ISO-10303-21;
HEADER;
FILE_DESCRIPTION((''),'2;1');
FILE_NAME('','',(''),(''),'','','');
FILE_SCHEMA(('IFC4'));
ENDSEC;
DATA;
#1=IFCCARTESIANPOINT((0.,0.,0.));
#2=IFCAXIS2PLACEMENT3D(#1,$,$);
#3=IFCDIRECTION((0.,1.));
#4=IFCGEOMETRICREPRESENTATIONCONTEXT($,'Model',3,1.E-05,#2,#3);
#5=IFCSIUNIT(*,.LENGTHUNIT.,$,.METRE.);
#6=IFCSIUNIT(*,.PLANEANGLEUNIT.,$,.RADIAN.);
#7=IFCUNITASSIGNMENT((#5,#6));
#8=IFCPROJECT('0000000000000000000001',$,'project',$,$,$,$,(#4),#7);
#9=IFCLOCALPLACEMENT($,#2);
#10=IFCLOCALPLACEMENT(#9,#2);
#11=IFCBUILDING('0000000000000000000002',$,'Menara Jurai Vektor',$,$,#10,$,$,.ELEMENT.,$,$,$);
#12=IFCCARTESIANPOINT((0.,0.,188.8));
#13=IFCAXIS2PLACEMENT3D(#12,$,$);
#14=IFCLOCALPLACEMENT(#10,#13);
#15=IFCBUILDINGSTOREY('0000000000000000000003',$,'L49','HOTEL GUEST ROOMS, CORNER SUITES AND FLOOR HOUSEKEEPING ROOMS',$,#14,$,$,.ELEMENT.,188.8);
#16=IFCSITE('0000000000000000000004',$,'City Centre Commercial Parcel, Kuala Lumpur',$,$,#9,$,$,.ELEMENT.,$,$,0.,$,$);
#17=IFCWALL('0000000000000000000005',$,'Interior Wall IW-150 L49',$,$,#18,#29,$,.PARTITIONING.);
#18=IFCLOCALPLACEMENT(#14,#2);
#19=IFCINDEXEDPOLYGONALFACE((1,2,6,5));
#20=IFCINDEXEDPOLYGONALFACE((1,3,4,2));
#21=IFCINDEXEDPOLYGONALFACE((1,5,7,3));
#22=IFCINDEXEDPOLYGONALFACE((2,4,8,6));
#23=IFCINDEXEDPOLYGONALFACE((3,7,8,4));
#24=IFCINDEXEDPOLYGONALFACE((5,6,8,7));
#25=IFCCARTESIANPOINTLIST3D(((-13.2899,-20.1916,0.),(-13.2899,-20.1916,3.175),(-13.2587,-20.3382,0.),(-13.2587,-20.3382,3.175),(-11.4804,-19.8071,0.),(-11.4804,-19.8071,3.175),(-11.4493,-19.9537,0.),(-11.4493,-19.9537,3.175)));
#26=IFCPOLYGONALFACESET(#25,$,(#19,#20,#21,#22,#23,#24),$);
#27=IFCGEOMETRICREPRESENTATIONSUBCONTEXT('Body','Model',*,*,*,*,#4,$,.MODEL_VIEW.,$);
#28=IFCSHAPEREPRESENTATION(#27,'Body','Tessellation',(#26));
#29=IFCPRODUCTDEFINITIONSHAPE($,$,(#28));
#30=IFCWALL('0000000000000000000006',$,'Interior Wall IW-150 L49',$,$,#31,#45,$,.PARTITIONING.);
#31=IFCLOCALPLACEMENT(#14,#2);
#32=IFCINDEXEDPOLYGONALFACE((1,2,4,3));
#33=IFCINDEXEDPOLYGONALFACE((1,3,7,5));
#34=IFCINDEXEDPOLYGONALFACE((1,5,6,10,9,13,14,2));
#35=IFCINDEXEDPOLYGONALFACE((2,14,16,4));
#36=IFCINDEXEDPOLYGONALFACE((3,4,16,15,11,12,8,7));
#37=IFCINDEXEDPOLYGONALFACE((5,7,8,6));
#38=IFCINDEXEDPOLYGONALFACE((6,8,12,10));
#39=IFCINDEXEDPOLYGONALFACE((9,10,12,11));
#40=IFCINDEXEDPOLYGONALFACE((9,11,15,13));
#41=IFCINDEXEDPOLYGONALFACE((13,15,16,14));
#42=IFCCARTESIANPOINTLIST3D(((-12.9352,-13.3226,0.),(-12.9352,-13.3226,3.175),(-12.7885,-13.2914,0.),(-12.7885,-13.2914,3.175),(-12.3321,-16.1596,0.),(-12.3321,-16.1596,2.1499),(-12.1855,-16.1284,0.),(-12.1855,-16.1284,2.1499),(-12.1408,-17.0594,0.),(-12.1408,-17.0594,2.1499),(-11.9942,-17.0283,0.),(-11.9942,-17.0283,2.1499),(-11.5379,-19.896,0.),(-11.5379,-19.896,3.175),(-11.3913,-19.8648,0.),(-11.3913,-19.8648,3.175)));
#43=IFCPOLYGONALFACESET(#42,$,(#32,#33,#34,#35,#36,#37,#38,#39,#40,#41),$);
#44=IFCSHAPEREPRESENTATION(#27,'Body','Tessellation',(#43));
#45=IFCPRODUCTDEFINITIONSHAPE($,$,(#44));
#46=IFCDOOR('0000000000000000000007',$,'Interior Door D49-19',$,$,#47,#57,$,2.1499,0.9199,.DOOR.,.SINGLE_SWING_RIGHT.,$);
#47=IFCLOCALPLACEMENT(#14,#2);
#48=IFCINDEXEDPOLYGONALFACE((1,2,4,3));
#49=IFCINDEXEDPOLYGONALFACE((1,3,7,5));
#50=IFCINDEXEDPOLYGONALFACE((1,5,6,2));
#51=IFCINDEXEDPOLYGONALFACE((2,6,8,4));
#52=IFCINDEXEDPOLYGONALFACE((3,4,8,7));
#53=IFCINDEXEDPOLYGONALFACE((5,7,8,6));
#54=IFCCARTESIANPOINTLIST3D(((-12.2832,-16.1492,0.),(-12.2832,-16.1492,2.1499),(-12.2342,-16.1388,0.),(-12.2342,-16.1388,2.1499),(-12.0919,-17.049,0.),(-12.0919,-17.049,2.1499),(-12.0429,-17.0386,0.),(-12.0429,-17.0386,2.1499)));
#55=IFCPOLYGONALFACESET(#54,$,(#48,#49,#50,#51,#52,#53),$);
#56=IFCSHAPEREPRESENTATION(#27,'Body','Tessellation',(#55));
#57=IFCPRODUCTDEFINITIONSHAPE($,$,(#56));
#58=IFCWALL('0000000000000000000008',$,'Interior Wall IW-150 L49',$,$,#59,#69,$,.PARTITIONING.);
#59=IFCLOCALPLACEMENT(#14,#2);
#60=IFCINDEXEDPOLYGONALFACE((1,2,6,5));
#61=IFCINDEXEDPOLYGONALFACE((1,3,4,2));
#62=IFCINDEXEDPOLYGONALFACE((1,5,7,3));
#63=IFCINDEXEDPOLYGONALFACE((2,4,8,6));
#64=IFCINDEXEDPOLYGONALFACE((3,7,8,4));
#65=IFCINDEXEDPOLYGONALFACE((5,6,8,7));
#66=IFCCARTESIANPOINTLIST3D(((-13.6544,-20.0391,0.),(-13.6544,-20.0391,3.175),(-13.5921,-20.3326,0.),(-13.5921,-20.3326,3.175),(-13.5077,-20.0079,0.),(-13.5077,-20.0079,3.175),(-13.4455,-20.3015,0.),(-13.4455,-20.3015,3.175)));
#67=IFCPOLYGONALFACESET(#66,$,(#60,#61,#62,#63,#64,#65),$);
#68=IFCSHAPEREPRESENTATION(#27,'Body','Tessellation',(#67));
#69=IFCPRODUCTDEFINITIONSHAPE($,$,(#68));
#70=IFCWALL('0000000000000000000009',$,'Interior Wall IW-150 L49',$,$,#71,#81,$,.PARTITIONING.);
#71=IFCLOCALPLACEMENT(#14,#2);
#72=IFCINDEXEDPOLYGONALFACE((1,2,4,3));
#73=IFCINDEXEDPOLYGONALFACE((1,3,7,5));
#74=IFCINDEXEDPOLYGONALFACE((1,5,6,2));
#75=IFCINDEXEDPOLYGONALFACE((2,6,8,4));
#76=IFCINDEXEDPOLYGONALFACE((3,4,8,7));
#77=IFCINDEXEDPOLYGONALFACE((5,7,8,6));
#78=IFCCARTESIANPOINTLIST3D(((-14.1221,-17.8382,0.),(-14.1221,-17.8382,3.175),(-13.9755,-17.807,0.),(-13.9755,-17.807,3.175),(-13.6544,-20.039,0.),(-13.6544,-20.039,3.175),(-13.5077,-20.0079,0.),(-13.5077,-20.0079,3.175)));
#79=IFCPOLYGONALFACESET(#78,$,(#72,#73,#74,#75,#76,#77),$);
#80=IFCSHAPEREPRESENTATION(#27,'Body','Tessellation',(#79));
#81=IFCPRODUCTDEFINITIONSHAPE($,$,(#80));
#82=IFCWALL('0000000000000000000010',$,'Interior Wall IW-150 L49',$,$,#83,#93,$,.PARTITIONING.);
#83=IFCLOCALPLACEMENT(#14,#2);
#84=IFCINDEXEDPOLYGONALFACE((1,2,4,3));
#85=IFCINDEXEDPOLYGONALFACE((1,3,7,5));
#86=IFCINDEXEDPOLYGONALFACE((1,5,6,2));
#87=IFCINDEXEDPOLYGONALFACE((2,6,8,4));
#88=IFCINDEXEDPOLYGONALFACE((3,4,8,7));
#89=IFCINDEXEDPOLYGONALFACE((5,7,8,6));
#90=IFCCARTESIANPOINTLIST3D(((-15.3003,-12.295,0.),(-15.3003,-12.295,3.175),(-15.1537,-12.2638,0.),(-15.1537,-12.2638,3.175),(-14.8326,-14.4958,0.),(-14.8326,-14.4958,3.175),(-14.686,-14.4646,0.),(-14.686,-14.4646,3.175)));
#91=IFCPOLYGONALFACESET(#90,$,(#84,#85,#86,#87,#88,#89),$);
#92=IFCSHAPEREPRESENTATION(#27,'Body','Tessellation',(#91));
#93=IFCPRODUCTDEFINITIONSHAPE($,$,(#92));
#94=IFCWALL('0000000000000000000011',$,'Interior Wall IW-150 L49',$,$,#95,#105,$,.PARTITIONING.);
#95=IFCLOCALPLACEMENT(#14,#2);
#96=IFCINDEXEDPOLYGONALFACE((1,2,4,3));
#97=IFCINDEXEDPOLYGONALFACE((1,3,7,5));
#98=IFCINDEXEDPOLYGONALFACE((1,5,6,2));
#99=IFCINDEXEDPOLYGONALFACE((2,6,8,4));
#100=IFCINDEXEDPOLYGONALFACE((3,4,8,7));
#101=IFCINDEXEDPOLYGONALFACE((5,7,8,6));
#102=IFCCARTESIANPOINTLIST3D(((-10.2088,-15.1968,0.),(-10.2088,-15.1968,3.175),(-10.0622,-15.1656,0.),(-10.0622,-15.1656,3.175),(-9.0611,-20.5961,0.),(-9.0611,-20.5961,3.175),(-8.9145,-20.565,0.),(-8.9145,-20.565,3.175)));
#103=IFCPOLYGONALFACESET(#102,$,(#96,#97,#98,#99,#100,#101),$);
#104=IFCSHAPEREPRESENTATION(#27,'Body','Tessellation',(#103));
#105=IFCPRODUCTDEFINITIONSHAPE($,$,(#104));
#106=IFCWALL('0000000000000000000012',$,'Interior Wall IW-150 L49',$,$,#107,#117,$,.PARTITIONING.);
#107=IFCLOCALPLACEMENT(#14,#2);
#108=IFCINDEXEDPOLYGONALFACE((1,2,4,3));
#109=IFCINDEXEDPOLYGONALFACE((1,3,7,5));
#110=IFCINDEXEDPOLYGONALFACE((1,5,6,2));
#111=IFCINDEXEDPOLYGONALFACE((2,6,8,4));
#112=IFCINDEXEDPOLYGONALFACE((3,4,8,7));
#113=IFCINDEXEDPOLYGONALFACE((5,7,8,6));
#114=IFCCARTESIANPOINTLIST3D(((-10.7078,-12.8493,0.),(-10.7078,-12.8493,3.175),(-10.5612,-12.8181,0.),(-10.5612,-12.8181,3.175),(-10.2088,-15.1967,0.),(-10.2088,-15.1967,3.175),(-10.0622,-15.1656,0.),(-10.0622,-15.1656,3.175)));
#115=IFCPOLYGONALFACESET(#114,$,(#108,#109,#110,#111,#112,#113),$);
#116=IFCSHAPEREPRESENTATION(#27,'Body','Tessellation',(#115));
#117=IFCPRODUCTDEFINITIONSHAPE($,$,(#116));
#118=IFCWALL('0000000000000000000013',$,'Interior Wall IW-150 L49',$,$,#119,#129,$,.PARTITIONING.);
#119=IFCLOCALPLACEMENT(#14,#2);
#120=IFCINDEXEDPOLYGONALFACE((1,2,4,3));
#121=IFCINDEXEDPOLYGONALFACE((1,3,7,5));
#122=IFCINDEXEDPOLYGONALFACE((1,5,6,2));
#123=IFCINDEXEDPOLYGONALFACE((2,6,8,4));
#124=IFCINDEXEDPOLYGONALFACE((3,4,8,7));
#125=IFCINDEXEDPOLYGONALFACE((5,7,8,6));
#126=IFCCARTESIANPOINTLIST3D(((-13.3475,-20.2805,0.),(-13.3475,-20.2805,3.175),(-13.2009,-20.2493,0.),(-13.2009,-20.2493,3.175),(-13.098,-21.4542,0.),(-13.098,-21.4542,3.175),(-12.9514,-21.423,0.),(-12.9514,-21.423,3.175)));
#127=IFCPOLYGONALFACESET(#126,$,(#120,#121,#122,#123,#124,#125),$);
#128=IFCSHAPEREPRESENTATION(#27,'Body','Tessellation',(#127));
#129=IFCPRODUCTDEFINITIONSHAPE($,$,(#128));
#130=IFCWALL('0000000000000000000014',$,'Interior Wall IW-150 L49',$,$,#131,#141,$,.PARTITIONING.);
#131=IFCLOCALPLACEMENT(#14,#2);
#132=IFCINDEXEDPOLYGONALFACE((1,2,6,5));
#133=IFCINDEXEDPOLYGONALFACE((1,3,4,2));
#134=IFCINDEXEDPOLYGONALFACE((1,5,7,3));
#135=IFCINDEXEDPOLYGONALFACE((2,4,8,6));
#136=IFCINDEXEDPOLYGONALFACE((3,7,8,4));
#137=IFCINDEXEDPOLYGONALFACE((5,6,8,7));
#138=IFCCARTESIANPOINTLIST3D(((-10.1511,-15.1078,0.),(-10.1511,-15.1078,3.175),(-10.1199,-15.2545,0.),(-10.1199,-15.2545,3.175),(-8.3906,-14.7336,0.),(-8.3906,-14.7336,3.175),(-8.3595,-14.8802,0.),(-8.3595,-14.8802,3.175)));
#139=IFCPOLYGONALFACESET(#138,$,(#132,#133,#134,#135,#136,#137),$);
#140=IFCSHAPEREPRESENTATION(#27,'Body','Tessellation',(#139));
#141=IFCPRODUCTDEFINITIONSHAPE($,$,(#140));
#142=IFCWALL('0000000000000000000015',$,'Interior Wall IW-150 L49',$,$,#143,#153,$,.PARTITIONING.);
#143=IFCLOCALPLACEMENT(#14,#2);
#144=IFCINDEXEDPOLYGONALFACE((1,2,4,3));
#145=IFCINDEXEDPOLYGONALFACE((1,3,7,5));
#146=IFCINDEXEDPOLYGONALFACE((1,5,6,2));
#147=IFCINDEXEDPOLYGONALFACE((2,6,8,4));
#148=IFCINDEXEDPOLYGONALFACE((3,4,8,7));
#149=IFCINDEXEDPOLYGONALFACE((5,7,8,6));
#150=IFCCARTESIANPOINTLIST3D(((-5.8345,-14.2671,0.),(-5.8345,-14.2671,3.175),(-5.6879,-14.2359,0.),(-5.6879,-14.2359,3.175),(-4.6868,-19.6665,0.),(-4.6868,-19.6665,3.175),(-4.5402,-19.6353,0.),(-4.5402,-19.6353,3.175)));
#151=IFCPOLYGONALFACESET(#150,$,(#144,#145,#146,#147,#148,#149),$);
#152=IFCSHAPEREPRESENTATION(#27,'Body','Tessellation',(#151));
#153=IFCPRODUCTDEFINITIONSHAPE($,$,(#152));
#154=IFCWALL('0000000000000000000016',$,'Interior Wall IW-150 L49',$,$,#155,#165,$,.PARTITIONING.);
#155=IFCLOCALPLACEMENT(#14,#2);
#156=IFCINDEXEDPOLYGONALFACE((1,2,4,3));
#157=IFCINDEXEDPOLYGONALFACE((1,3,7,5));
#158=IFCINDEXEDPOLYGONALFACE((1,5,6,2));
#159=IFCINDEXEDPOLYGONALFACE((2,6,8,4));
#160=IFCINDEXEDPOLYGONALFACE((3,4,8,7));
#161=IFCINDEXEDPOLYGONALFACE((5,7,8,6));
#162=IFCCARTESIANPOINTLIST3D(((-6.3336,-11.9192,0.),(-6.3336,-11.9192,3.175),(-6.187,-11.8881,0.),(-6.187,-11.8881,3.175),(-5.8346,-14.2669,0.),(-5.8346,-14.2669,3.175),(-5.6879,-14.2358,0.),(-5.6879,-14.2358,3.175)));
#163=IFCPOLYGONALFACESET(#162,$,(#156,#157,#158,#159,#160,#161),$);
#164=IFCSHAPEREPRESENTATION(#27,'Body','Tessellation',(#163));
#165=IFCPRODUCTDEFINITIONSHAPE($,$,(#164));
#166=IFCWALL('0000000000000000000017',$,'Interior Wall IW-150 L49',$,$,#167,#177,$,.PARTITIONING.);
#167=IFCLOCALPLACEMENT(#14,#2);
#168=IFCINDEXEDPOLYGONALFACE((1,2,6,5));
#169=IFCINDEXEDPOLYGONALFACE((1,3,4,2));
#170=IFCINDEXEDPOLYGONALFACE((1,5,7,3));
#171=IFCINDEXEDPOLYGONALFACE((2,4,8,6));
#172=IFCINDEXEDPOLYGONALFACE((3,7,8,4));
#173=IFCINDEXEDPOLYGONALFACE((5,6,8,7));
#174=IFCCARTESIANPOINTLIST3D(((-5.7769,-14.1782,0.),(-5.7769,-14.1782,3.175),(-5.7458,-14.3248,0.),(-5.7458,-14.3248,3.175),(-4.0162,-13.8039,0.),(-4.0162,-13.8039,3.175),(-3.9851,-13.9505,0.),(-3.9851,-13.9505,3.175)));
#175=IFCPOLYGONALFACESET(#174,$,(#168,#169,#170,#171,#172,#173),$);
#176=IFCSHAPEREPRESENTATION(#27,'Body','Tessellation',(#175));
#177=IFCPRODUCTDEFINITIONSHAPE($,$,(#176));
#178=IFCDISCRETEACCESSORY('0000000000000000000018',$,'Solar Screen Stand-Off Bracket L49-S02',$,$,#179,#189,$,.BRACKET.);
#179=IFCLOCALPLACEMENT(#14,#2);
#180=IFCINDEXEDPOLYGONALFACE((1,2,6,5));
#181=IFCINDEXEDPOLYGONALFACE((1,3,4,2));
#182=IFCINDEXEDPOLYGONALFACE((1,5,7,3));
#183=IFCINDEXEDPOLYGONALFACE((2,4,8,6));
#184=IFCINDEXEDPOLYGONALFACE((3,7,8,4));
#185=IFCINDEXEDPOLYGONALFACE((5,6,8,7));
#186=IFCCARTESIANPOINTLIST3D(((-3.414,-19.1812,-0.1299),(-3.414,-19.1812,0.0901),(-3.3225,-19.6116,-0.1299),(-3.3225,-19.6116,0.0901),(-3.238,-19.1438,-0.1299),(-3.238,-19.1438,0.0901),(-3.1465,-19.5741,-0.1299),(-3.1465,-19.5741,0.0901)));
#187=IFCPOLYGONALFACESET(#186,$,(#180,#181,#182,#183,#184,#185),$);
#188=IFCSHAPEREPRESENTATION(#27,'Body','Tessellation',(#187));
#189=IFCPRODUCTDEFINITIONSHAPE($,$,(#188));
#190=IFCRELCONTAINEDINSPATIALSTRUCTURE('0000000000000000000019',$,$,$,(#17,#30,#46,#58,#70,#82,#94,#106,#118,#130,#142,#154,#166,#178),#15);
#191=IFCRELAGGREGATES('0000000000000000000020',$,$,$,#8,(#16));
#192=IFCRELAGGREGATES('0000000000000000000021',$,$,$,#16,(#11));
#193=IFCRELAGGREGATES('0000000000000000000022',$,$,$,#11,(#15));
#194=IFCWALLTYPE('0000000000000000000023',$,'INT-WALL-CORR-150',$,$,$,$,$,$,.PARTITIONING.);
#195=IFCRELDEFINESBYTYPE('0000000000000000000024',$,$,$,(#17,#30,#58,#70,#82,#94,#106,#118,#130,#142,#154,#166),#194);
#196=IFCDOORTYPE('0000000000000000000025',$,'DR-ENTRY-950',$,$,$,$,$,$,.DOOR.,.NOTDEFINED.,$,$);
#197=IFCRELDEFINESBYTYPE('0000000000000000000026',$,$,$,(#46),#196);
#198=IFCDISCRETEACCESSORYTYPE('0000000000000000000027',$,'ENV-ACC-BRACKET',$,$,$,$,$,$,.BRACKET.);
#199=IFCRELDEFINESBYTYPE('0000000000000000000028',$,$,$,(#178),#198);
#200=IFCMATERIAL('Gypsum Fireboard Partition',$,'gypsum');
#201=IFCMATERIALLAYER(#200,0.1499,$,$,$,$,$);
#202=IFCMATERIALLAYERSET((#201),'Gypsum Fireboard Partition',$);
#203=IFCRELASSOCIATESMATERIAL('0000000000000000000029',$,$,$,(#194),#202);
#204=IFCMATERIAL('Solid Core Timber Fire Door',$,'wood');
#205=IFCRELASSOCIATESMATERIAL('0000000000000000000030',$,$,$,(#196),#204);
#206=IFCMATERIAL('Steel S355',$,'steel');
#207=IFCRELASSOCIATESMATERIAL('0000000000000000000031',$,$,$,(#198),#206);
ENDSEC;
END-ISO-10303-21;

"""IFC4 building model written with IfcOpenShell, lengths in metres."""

from ifc_helpers import new_model, si_unit, direction, frame, frame_2d, origin, origin_2d, place, context, subcontext, project, spatial, rectangle, extrude, material, layer, layer_set, type_object, element, fill, save


model = new_model("IFC4")

# Units and contexts
model_context = context("Model", 3, precision=1e-05, world=origin(), true_north=direction((0.0, 1.0)))
body_context = subcontext(model_context, "Body", "Model", "MODEL_VIEW")
ifc_project = project(units=[si_unit("LENGTHUNIT", "METRE"), si_unit("PLANEANGLEUNIT", "RADIAN")], contexts=[model_context])

# Site, building, storey
site_placement = place(None, origin())
site = spatial("IfcSite", under=ifc_project, at=site_placement, Name="City Centre Commercial Parcel, Kuala Lumpur", CompositionType="ELEMENT", RefElevation=0.0)
building_placement = place(site_placement, origin())
building = spatial("IfcBuilding", under=site, at=building_placement, Name="Menara Jurai Vektor", CompositionType="ELEMENT")
storey_placement = place(building_placement, frame((0.0, 0.0, 188.8)))
storey = spatial("IfcBuildingStorey", under=building, at=storey_placement, Name="L49", Description="HOTEL GUEST ROOMS, CORNER SUITES AND FLOOR HOUSEKEEPING ROOMS", CompositionType="ELEMENT", Elevation=188.8)

# Shared definitions
ifc_material_1 = material(Name="Steel S355", Category="steel")

# Wall
ifc_material_2 = material(Name="Gypsum Fireboard Partition", Category="gypsum")
ifc_layer_1 = layer(ifc_material_2, 0.1499)
ifc_layer_set_1 = layer_set([ifc_layer_1], Name="Gypsum Fireboard Partition")
wall_type = type_object("IfcWallType", Name="INT-WALL-CORR-150", PredefinedType="PARTITIONING", material=ifc_layer_set_1)
wall_1_placement = place(storey_placement, frame((-13.2742, -20.2649, 0.0), z_axis=(0.0, 0.0, 1.0), x_axis=(0.97816, 0.207852, 0.0)))
element("IfcWall", 1, at=wall_1_placement, inside=storey, type_object=wall_type, Name="Interior Wall IW-150 L49", PredefinedType="PARTITIONING", context=body_context, shape_type="SweptSolid", body=[
    extrude(rectangle(XDim=1.8499, YDim=0.1499, at=frame_2d((0.9248, 0.0))), origin(), (0.0, 0.0, 1.0), 3.175),
])

# Wall, opening, door
wall_2_placement = place(storey_placement, frame((-11.4646, -19.8804, 0.0), z_axis=(0.0, 0.0, 1.0), x_axis=(-0.207916, 0.978147, 0.0)))
wall_2 = element("IfcWall", 2, at=wall_2_placement, inside=storey, type_object=wall_type, Name="Interior Wall IW-150 L49", PredefinedType="PARTITIONING", context=body_context, shape_type="SweptSolid", body=[
    extrude(rectangle(XDim=6.7202, YDim=0.1499, at=frame_2d((3.3601, 0.0))), origin(), (0.0, 0.0, 1.0), 3.175),
])
opening_1_placement = place(wall_2_placement, frame((2.8999, 0.0, 0.0)))
opening_1 = element("IfcOpeningElement", 3, at=opening_1_placement, cuts=wall_2, PredefinedType="OPENING", context=body_context, shape_type="SweptSolid", body=[
    extrude(rectangle(XDim=0.9199, YDim=2.1499, at=frame_2d((0.46, 1.075))), frame((0.0, 0.085, 0.0), z_axis=(0.0, -1.0, 0.0), x_axis=(1.0, 0.0, 0.0)), (0.0, 0.0, 1.0), 0.1699),
])
ifc_material_3 = material(Name="Solid Core Timber Fire Door", Category="wood")
door_type_1 = type_object("IfcDoorType", Name="DR-ENTRY-950", OperationType="NOTDEFINED", PredefinedType="DOOR", material=ifc_material_3)
door_1_placement = place(opening_1_placement, origin())
door_1 = element("IfcDoor", 4, at=door_1_placement, inside=storey, type_object=door_type_1, Name="Interior Door D49-19", OperationType="SINGLE_SWING_RIGHT", OverallHeight=2.1499, OverallWidth=0.9199, PredefinedType="DOOR", context=body_context, shape_type="SweptSolid", body=[
    extrude(rectangle(XDim=0.9199, YDim=2.1499, at=frame_2d((0.46, 1.075))), frame((0.0, 0.0249, 0.0), z_axis=(0.0, -1.0, 0.0), x_axis=(1.0, 0.0, 0.0)), (0.0, 0.0, 1.0), 0.05),
])
fill(opening_1, door_1)

# Wall
wall_3_placement = place(storey_placement, frame((-13.5188, -20.3169, 0.0), z_axis=(0.0, 0.0, 1.0), x_axis=(-0.207528, 0.978229, 0.0)))
element("IfcWall", 5, at=wall_3_placement, inside=storey, type_object=wall_type, Name="Interior Wall IW-150 L49", PredefinedType="PARTITIONING", context=body_context, shape_type="SweptSolid", body=[
    extrude(rectangle(XDim=0.3, YDim=0.1499, at=frame_2d((0.1499, 0.0))), origin(), (0.0, 0.0, 1.0), 3.175),
])

# Walls
for number, where, z_axis, x_axis, name in (
    (6, (-13.5811, -20.0234, 0.0), (0.0, 0.0, 1.0), (-0.207891, 0.978152, 0.0), "Interior Wall IW-150 L49"),
    (7, (-14.7593, -14.4802, 0.0), (0.0, 0.0, 1.0), (-0.207891, 0.978152, 0.0), "Interior Wall IW-150 L49"),
):
    element("IfcWall", number, at=place(storey_placement, frame(where, z_axis=z_axis, x_axis=x_axis)), inside=storey, type_object=wall_type, Name=name, PredefinedType="PARTITIONING", context=body_context, shape_type="SweptSolid", body=[
        extrude(rectangle(XDim=2.25, YDim=0.1499, at=frame_2d((1.125, 0.0))), origin(), (0.0, 0.0, 1.0), 3.175),
    ])
wall_4_placement = place(storey_placement, frame((-8.9878, -20.5806, 0.0), z_axis=(0.0, 0.0, 1.0), x_axis=(-0.207916, 0.978147, 0.0)))
element("IfcWall", 8, at=wall_4_placement, inside=storey, type_object=wall_type, Name="Interior Wall IW-150 L49", PredefinedType="PARTITIONING", context=body_context, shape_type="SweptSolid", body=[
    extrude(rectangle(XDim=5.52, YDim=0.1499, at=frame_2d((2.76, 0.0))), origin(), (0.0, 0.0, 1.0), 3.175),
])
wall_5_placement = place(storey_placement, frame((-10.1355, -15.1812, 0.0), z_axis=(0.0, 0.0, 1.0), x_axis=(-0.207938, 0.978142, 0.0)))
element("IfcWall", 9, at=wall_5_placement, inside=storey, type_object=wall_type, Name="Interior Wall IW-150 L49", PredefinedType="PARTITIONING", context=body_context, shape_type="SweptSolid", body=[
    extrude(rectangle(XDim=2.3999, YDim=0.1499, at=frame_2d((1.2, 0.0))), origin(), (0.0, 0.0, 1.0), 3.175),
])
wall_6_placement = place(storey_placement, frame((-13.0247, -21.4387, 0.0), z_axis=(0.0, 0.0, 1.0), x_axis=(-0.207917, 0.978146, 0.0)))
element("IfcWall", 10, at=wall_6_placement, inside=storey, type_object=wall_type, Name="Interior Wall IW-150 L49", PredefinedType="PARTITIONING", context=body_context, shape_type="SweptSolid", body=[
    extrude(rectangle(XDim=1.2, YDim=0.1499, at=frame_2d((0.6001, 0.0))), origin(), (0.0, 0.0, 1.0), 3.175),
])
wall_7_placement = place(storey_placement, frame((-10.1355, -15.1812, 0.0), z_axis=(0.0, 0.0, 1.0), x_axis=(0.978141, 0.207945, 0.0)))
element("IfcWall", 11, at=wall_7_placement, inside=storey, type_object=wall_type, Name="Interior Wall IW-150 L49", PredefinedType="PARTITIONING", context=body_context, shape_type="SweptSolid", body=[
    extrude(rectangle(XDim=1.7998, YDim=0.1499, at=frame_2d((0.8999, 0.0))), origin(), (0.0, 0.0, 1.0), 3.175),
])

# Walls
wall_8_placement = place(storey_placement, frame((-4.6135, -19.6509, 0.0), z_axis=(0.0, 0.0, 1.0), x_axis=(-0.207916, 0.978147, 0.0)))
element("IfcWall", 12, at=wall_8_placement, inside=storey, type_object=wall_type, Name="Interior Wall IW-150 L49", PredefinedType="PARTITIONING", context=body_context, shape_type="SweptSolid", body=[
    extrude(rectangle(XDim=5.52, YDim=0.1499, at=frame_2d((2.76, 0.0))), origin(), (0.0, 0.0, 1.0), 3.175),
])
wall_9_placement = place(storey_placement, frame((-5.7612, -14.2515, 0.0), z_axis=(0.0, 0.0, 1.0), x_axis=(-0.207917, 0.978146, 0.0)))
element("IfcWall", 13, at=wall_9_placement, inside=storey, type_object=wall_type, Name="Interior Wall IW-150 L49", PredefinedType="PARTITIONING", context=body_context, shape_type="SweptSolid", body=[
    extrude(rectangle(XDim=2.4001, YDim=0.1499, at=frame_2d((1.2002, 0.0))), origin(), (0.0, 0.0, 1.0), 3.175),
])
wall_10_placement = place(storey_placement, frame((-5.7612, -14.2515, 0.0), z_axis=(0.0, 0.0, 1.0), x_axis=(0.978146, 0.207917, 0.0)))
element("IfcWall", 14, at=wall_10_placement, inside=storey, type_object=wall_type, Name="Interior Wall IW-150 L49", PredefinedType="PARTITIONING", context=body_context, shape_type="SweptSolid", body=[
    extrude(rectangle(XDim=1.8, YDim=0.1499, at=frame_2d((0.8999, 0.0))), origin(), (0.0, 0.0, 1.0), 3.175),
])

# Discrete accessory
discrete_accessory_type = type_object("IfcDiscreteAccessoryType", Name="ENV-ACC-BRACKET", PredefinedType="BRACKET", material=ifc_material_1)
discrete_accessory_placement = place(storey_placement, frame((-3.2803, -19.3777, -0.1299), z_axis=(0.0, 0.0, 1.0), x_axis=(0.978148, 0.207912, 0.0)))
element("IfcDiscreteAccessory", 15, at=discrete_accessory_placement, inside=storey, type_object=discrete_accessory_type, Name="Solar Screen Stand-Off Bracket L49-S02", PredefinedType="BRACKET", context=body_context, shape_type="SweptSolid", body=[
    extrude(rectangle(XDim=0.1799, YDim=0.4399, at=origin_2d()), origin(), (0.0, 0.0, 1.0), 0.22),
])

save(model, "model.ifc")
